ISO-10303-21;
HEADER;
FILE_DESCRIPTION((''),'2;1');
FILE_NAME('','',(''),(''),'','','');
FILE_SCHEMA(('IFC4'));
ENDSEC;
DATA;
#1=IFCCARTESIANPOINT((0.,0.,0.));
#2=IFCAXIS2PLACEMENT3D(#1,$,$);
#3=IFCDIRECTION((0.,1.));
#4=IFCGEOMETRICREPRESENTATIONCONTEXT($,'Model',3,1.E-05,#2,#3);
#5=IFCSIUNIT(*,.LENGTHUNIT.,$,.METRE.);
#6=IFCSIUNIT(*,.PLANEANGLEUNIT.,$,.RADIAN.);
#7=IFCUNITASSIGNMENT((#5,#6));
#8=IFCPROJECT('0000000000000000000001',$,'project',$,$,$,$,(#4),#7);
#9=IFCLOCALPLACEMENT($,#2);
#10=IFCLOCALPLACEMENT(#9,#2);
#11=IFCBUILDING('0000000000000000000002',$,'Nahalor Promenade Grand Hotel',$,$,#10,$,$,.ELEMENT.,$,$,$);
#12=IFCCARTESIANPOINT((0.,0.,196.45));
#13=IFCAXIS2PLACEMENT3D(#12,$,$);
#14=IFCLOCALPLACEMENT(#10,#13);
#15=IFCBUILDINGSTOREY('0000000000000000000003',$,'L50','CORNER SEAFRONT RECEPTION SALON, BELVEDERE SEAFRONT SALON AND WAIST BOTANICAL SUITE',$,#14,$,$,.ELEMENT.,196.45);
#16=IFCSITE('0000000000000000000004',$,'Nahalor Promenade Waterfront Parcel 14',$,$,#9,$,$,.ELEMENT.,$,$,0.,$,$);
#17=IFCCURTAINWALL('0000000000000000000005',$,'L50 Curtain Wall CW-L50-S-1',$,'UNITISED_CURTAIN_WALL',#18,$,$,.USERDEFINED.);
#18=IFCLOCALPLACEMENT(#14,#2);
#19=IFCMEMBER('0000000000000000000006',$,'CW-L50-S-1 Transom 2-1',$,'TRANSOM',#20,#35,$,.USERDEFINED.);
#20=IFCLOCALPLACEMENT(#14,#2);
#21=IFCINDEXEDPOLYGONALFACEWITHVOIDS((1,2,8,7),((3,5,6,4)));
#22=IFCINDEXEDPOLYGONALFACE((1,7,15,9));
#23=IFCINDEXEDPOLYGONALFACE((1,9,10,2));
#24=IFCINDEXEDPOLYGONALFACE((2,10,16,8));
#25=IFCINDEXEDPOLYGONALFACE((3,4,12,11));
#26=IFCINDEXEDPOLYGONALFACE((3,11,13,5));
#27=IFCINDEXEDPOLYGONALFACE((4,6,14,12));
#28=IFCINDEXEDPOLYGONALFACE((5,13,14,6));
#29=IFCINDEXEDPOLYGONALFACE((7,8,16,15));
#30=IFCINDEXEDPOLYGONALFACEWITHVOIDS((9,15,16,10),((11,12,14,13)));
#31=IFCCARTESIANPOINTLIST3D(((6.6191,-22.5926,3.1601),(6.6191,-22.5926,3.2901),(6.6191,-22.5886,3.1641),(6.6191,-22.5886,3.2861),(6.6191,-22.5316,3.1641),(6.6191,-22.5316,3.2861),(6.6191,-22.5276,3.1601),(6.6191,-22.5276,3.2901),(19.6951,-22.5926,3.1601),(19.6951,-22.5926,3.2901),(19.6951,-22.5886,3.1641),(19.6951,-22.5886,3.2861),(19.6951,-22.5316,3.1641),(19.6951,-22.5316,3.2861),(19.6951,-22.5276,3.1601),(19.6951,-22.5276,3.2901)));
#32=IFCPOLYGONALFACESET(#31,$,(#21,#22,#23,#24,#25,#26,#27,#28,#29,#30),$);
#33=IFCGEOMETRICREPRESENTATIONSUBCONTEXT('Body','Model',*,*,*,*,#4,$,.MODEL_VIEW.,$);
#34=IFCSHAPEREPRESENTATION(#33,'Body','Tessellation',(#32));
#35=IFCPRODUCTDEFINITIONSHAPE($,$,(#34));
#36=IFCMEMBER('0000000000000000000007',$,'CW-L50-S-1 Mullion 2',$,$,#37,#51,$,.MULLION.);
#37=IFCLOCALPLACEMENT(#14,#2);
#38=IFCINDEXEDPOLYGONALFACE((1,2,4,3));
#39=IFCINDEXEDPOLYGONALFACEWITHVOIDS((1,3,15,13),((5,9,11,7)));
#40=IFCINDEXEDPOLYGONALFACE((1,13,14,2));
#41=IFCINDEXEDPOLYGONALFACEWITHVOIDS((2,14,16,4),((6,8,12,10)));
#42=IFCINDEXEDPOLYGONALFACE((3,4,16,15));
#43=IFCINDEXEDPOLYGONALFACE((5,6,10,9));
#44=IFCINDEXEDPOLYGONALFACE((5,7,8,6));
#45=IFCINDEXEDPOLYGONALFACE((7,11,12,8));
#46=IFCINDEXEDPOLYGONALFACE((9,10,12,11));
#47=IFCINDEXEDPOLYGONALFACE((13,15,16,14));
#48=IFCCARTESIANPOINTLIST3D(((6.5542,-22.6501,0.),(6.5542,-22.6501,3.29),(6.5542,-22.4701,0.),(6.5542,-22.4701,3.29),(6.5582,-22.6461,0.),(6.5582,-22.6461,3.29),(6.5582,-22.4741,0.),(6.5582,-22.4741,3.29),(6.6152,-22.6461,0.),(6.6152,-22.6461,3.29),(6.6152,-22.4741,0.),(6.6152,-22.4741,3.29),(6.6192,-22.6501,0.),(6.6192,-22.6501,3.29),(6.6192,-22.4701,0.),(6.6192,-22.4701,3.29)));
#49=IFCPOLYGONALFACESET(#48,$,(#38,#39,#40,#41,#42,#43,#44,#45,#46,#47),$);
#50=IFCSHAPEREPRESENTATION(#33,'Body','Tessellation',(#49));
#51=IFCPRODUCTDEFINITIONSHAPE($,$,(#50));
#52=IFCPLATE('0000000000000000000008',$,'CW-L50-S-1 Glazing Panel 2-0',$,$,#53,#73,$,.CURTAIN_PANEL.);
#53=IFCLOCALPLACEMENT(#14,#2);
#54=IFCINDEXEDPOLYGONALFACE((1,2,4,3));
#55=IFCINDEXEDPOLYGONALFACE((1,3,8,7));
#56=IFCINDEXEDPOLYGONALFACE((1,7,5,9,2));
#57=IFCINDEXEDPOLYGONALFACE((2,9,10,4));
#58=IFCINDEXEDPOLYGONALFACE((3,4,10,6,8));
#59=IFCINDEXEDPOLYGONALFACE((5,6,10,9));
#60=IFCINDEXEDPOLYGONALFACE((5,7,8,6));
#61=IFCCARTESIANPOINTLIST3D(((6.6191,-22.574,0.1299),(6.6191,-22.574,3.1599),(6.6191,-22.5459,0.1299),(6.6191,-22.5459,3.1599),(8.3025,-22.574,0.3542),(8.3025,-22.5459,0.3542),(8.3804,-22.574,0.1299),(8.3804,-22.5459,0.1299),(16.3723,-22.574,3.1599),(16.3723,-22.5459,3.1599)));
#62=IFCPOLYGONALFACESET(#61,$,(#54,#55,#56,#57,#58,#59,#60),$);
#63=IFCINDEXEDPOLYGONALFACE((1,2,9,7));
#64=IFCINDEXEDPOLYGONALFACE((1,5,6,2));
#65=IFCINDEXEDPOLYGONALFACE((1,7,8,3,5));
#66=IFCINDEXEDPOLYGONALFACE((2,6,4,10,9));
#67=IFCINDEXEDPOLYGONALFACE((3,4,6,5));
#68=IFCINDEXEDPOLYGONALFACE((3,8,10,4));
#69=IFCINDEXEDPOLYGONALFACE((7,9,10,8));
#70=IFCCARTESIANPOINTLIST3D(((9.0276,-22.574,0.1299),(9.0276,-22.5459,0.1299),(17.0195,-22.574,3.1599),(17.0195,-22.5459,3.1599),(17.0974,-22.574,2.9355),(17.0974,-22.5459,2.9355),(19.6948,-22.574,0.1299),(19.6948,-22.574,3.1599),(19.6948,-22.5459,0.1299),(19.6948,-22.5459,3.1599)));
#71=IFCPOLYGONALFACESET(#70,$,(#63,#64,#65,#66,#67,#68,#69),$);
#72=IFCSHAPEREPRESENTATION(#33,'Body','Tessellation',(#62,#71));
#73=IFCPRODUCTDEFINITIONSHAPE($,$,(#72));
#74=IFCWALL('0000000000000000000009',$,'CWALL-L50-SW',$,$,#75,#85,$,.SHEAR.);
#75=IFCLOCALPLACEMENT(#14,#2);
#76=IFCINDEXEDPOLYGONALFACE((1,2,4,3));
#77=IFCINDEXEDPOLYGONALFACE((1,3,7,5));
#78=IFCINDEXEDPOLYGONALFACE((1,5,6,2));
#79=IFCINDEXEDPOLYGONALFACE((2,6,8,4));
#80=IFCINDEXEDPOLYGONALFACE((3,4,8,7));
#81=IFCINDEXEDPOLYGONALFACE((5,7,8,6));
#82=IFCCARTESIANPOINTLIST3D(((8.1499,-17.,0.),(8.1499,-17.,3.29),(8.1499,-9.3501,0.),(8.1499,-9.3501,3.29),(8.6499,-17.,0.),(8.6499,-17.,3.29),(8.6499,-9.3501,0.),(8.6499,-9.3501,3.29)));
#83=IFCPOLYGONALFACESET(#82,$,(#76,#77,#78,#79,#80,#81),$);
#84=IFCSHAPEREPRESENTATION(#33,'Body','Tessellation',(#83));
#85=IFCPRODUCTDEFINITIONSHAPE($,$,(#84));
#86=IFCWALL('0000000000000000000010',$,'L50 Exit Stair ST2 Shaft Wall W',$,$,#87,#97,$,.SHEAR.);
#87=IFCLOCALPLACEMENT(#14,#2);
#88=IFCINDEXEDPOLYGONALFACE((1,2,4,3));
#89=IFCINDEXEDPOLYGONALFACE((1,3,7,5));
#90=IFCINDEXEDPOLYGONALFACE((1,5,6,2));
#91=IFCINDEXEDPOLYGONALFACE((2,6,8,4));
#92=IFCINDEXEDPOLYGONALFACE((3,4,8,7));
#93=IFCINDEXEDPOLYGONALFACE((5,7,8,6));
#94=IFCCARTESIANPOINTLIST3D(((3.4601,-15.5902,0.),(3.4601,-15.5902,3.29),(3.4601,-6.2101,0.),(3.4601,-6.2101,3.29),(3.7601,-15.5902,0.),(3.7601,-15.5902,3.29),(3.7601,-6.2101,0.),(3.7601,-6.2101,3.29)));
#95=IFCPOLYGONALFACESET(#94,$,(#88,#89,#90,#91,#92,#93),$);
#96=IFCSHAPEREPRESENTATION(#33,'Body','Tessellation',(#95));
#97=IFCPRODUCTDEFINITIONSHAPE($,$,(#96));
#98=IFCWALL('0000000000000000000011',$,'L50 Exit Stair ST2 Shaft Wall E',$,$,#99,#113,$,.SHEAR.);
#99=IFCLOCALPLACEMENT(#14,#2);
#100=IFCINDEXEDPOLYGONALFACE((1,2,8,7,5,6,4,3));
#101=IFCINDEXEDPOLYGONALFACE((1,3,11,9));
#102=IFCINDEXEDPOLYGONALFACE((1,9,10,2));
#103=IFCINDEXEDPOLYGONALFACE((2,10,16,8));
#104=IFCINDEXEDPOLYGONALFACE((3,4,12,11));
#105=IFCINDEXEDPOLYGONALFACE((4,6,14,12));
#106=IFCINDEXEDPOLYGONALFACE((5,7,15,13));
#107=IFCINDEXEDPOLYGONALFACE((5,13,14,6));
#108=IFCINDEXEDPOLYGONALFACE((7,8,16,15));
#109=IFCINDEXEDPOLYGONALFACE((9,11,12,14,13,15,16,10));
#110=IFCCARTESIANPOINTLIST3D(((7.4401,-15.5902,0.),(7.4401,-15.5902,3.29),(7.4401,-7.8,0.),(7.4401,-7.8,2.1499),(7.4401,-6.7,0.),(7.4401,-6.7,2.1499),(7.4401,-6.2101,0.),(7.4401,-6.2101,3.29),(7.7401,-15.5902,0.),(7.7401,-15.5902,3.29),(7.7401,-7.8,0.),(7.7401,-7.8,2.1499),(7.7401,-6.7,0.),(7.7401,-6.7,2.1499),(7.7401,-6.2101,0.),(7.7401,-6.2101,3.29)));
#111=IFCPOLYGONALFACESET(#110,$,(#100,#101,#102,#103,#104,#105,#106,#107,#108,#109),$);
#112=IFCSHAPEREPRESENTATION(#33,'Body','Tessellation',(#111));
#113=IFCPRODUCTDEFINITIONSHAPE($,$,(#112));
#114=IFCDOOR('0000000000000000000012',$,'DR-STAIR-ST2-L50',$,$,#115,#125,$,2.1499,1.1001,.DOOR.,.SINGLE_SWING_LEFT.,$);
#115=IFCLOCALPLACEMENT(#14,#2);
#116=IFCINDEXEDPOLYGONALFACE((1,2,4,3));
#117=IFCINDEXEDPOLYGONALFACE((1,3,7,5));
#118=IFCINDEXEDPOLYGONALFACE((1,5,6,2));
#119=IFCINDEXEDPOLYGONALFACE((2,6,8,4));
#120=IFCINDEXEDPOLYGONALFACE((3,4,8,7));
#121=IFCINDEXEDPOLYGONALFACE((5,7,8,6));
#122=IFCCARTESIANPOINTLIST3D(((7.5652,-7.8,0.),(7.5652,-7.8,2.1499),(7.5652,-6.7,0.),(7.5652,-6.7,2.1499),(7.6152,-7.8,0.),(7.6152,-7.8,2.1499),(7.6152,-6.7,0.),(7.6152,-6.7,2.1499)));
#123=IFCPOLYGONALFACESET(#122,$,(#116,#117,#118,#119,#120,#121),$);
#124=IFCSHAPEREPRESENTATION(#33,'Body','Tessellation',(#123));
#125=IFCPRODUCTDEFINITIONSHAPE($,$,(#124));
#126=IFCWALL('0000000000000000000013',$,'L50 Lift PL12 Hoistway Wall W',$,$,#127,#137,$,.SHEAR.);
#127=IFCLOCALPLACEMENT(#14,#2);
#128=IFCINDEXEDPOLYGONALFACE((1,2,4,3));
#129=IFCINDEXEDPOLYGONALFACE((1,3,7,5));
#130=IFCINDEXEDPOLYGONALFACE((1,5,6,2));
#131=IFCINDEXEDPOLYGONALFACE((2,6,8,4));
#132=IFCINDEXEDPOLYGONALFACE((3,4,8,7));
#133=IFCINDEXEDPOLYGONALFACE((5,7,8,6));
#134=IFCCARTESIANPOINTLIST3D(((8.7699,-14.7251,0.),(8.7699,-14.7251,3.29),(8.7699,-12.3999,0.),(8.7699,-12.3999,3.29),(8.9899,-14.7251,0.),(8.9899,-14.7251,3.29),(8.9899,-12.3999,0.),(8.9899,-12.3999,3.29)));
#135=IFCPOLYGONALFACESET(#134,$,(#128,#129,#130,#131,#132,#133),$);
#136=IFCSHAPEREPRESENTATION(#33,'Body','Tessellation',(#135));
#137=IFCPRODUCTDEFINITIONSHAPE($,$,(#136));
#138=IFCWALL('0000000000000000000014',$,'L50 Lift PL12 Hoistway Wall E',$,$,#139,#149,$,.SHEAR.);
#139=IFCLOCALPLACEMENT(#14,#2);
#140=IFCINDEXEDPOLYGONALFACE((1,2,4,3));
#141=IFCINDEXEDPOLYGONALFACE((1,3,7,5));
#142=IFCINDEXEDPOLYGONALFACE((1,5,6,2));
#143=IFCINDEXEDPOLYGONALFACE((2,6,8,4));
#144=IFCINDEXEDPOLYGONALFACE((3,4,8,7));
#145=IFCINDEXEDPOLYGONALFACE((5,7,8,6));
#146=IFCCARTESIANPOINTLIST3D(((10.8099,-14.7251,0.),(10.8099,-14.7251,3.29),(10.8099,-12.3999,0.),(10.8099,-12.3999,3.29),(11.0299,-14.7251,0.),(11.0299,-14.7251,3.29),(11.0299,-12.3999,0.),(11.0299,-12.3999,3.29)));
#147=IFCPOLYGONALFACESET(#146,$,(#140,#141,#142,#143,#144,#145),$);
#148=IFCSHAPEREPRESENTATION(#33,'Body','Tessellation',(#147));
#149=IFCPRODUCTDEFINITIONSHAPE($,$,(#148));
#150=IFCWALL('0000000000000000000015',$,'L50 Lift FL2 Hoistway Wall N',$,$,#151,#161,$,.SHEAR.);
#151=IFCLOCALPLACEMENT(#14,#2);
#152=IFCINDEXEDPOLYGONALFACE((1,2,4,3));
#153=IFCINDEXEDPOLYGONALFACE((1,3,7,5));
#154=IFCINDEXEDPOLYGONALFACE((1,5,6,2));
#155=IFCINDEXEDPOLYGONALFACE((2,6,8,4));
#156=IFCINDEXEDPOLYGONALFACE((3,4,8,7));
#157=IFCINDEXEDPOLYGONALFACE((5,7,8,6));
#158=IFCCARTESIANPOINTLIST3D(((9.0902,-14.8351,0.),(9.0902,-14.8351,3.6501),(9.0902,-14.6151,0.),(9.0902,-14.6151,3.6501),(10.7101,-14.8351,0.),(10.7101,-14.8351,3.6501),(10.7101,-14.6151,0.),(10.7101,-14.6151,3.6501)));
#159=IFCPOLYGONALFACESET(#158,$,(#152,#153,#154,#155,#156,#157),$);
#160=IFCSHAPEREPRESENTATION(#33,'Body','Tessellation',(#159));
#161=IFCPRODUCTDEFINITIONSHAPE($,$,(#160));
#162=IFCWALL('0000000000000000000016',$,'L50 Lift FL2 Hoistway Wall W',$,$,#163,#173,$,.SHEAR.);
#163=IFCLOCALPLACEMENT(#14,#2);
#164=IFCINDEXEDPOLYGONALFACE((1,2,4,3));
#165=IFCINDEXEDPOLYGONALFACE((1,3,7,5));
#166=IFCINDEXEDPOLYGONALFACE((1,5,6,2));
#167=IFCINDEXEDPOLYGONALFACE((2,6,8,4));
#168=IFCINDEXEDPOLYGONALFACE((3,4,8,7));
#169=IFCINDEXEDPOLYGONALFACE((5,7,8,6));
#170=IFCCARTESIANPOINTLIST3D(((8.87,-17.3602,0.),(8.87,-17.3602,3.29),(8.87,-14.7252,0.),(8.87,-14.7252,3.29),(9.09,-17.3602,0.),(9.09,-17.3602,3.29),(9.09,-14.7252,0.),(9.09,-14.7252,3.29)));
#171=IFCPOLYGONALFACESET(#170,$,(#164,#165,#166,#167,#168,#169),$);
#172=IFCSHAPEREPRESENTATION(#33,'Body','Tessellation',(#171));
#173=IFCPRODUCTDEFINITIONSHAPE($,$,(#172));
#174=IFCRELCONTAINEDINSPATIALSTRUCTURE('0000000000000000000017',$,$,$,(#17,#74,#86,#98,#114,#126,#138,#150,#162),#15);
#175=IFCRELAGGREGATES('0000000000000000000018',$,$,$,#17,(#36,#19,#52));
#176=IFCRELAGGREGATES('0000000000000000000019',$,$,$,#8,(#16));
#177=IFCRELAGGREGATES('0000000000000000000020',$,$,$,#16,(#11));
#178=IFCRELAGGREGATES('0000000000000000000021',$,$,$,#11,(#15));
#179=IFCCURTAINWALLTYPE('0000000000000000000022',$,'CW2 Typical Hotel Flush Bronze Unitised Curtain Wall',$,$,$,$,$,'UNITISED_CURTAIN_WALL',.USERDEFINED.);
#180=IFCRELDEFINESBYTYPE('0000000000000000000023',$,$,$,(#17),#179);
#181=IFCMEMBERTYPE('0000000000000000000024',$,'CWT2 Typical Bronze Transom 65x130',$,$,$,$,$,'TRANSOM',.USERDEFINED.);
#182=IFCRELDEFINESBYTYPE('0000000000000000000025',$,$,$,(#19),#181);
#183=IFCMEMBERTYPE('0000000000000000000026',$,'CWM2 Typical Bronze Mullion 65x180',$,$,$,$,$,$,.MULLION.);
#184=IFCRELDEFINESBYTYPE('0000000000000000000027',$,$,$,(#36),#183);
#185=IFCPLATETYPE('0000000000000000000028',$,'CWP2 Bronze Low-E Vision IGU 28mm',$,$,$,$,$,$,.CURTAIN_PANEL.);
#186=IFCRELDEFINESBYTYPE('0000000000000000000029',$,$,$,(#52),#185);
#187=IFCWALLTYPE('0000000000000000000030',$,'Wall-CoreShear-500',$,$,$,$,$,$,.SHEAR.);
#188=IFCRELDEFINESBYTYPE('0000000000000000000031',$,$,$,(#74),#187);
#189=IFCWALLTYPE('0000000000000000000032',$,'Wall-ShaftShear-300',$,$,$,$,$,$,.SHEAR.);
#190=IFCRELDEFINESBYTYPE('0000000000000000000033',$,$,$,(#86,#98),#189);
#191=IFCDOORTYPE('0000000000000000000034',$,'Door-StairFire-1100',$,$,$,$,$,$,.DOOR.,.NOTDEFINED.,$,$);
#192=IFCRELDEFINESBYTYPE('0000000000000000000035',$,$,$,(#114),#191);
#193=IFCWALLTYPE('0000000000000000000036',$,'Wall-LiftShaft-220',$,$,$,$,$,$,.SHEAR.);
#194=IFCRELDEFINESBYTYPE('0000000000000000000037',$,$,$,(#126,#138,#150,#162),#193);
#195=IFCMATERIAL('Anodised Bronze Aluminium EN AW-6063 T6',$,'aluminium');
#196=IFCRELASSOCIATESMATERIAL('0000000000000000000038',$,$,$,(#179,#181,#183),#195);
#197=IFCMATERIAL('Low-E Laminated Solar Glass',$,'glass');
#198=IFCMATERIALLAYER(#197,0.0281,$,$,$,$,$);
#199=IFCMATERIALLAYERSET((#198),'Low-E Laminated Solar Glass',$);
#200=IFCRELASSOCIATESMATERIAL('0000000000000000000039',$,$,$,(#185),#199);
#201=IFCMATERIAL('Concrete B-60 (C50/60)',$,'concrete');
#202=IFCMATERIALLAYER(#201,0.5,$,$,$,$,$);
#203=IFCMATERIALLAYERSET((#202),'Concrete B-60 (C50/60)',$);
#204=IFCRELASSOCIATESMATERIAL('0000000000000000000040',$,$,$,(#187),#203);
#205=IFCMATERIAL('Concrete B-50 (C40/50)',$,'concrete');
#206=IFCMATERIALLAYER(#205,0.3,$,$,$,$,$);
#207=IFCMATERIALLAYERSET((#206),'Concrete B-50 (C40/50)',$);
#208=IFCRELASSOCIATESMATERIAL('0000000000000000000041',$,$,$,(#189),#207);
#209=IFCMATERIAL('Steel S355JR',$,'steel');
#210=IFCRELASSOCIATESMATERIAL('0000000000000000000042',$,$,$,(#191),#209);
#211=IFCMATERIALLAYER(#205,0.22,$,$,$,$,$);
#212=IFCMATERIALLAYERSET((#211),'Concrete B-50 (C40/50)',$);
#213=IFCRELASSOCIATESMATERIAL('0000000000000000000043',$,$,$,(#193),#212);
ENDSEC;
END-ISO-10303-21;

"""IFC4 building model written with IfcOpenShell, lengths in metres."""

from ifc_helpers import new_model, si_unit, direction, frame, frame_2d, origin, origin_2d, place, context, subcontext, project, spatial, polyline, rectangle, hollow_rectangle, outline, extrude, source, transform, mapped, material, layer, layer_set, material_profile, profile_set, type_object, element, fill, aggregate, save


model = new_model("IFC4")

# Units and contexts
model_context = context("Model", 3, precision=1e-05, world=origin(), true_north=direction((0.0, 1.0)))
body_context = subcontext(model_context, "Body", "Model", "MODEL_VIEW")
ifc_project = project(units=[si_unit("LENGTHUNIT", "METRE"), si_unit("PLANEANGLEUNIT", "RADIAN")], contexts=[model_context])

# Site, building, storey
site_placement = place(None, origin())
site = spatial("IfcSite", under=ifc_project, at=site_placement, Name="Nahalor Promenade Waterfront Parcel 14", CompositionType="ELEMENT", RefElevation=0.0)
building_placement = place(site_placement, origin())
building = spatial("IfcBuilding", under=site, at=building_placement, Name="Nahalor Promenade Grand Hotel", CompositionType="ELEMENT")
storey_placement = place(building_placement, frame((0.0, 0.0, 196.45)))
storey = spatial("IfcBuildingStorey", under=building, at=storey_placement, Name="L50", Description="CORNER SEAFRONT RECEPTION SALON, BELVEDERE SEAFRONT SALON AND WAIST BOTANICAL SUITE", CompositionType="ELEMENT", Elevation=196.45)

# Shared definitions
ifc_material_1 = material(Name="Concrete B-60 (C50/60)", Category="concrete")

# Shared definitions
ifc_material_2 = material(Name="Steel S355JR", Category="steel")

# Curtain wall, members, plate
ifc_material_3 = material(Name="Anodised Bronze Aluminium EN AW-6063 T6", Category="aluminium")
curtain_wall_type = type_object("IfcCurtainWallType", Name="CW2 Typical Hotel Flush Bronze Unitised Curtain Wall", ElementType="UNITISED_CURTAIN_WALL", PredefinedType="USERDEFINED", material=ifc_material_3)
curtain_wall_placement = place(storey_placement, origin())
curtain_wall = element("IfcCurtainWall", 1, at=curtain_wall_placement, inside=storey, type_object=curtain_wall_type, Name="L50 Curtain Wall CW-L50-S-1", ObjectType="UNITISED_CURTAIN_WALL", PredefinedType="USERDEFINED")
ifc_material_profile_1 = material_profile(ifc_material_3, hollow_rectangle(XDim=0.065, YDim=0.13, WallThickness=0.004, at=origin_2d()), Name="CWT 65x130x4")
ifc_profile_set_1 = profile_set([ifc_material_profile_1], Name="Anodised Bronze Aluminium EN AW-6063 T6")
member_type_1 = type_object("IfcMemberType", Name="CWT2 Typical Bronze Transom 65x130", ElementType="TRANSOM", PredefinedType="USERDEFINED", material=ifc_profile_set_1)
shared_shape_1 = source(origin(), body_context, "Body", "SweptSolid", [
    extrude(hollow_rectangle(XDim=0.065, YDim=0.13, WallThickness=0.004, at=origin_2d()), origin(), (0.0, 0.0, 1.0), 13.0759),
])
member_1_placement = place(storey_placement, frame((6.6191, -22.5601, 3.2251), z_axis=(1.0, 0.0, 0.0), x_axis=(0.0, 1.0, 0.0)))
member_1 = element("IfcMember", 2, at=member_1_placement, type_object=member_type_1, Name="CW-L50-S-1 Transom 2-1", ObjectType="TRANSOM", PredefinedType="USERDEFINED", context=body_context, shape_type="MappedRepresentation", body=[
    mapped(shared_shape_1, transform((0.0, 0.0, 0.0), scale=1.0)),
])
ifc_material_profile_2 = material_profile(ifc_material_3, hollow_rectangle(XDim=0.065, YDim=0.18, WallThickness=0.004, at=origin_2d()), Name="CWM 65x180x4")
ifc_profile_set_2 = profile_set([ifc_material_profile_2], Name="Anodised Bronze Aluminium EN AW-6063 T6")
member_type_2 = type_object("IfcMemberType", Name="CWM2 Typical Bronze Mullion 65x180", PredefinedType="MULLION", material=ifc_profile_set_2)
shared_shape_2 = source(origin(), body_context, "Body", "SweptSolid", [
    extrude(hollow_rectangle(XDim=0.065, YDim=0.18, WallThickness=0.004, at=origin_2d()), origin(), (0.0, 0.0, 1.0), 3.29),
])
member_2_placement = place(storey_placement, frame((6.5867, -22.5601, 0.0), z_axis=(0.0, 0.0, 1.0), x_axis=(1.0, 0.0, 0.0)))
member_2 = element("IfcMember", 3, at=member_2_placement, type_object=member_type_2, Name="CW-L50-S-1 Mullion 2", PredefinedType="MULLION", context=body_context, shape_type="MappedRepresentation", body=[
    mapped(shared_shape_2, transform((0.0, 0.0, 0.0), scale=1.0)),
])
ifc_material_4 = material(Name="Low-E Laminated Solar Glass", Category="glass")
ifc_layer_1 = layer(ifc_material_4, 0.0281)
ifc_layer_set_1 = layer_set([ifc_layer_1], Name="Low-E Laminated Solar Glass")
plate_type = type_object("IfcPlateType", Name="CWP2 Bronze Low-E Vision IGU 28mm", PredefinedType="CURTAIN_PANEL", material=ifc_layer_set_1)
plate_placement = place(storey_placement, frame((13.157, -22.5601, 0.1299), z_axis=(0.0, 0.0, 1.0), x_axis=(1.0, 0.0, 0.0)))
plate = element("IfcPlate", 4, at=plate_placement, type_object=plate_type, Name="CW-L50-S-1 Glazing Panel 2-0", PredefinedType="CURTAIN_PANEL", context=body_context, shape_type="SweptSolid", body=[
    extrude(outline(polyline([(-6.5378, 3.03), (-6.5378, 0.0), (-4.7766, 0.0), (-4.8545, 0.2244), (3.2153, 3.03), (-6.5378, 3.03)])), frame((0.0, 0.0142, 0.0), z_axis=(0.0, -1.0, 0.0), x_axis=(1.0, 0.0, 0.0)), (0.0, 0.0, 1.0), 0.0281),
    extrude(outline(polyline([(6.5378, 0.0), (6.5378, 3.03), (3.8625, 3.03), (3.9404, 2.8057), (-4.1294, 0.0), (6.5378, 0.0)])), frame((0.0, 0.0142, 0.0), z_axis=(0.0, -1.0, 0.0), x_axis=(1.0, 0.0, 0.0)), (0.0, 0.0, 1.0), 0.0281),
])
aggregate(curtain_wall, [member_2, member_1, plate])

# Walls
ifc_layer_2 = layer(ifc_material_1, 0.5)
ifc_layer_set_2 = layer_set([ifc_layer_2], Name="Concrete B-60 (C50/60)")
wall_type_1 = type_object("IfcWallType", Name="Wall-CoreShear-500", PredefinedType="SHEAR", material=ifc_layer_set_2)
shared_shape_3 = source(origin(), body_context, "Body", "SweptSolid", [
    extrude(rectangle(XDim=7.6499, YDim=0.5, at=frame_2d((3.825, 0.0))), origin(), (0.0, 0.0, 1.0), 3.29),
])
wall_1_placement = place(storey_placement, frame((8.3999, -17.0, 0.0), z_axis=(0.0, 0.0, 1.0), x_axis=(0.0, 1.0, 0.0)))
element("IfcWall", 5, at=wall_1_placement, inside=storey, type_object=wall_type_1, Name="CWALL-L50-SW", PredefinedType="SHEAR", context=body_context, shape_type="MappedRepresentation", body=[
    mapped(shared_shape_3, transform((0.0, 0.0, 0.0), scale=1.0)),
])
ifc_material_5 = material(Name="Concrete B-50 (C40/50)", Category="concrete")
ifc_layer_3 = layer(ifc_material_5, 0.3)
ifc_layer_set_3 = layer_set([ifc_layer_3], Name="Concrete B-50 (C40/50)")
wall_type_2 = type_object("IfcWallType", Name="Wall-ShaftShear-300", PredefinedType="SHEAR", material=ifc_layer_set_3)
shared_shape_4 = source(origin(), body_context, "Body", "SweptSolid", [
    extrude(rectangle(XDim=9.3801, YDim=0.3, at=frame_2d((4.6899, 0.0))), origin(), (0.0, 0.0, 1.0), 3.29),
])
wall_2_placement = place(storey_placement, frame((3.6101, -15.5901, 0.0), z_axis=(0.0, 0.0, 1.0), x_axis=(0.0, 1.0, 0.0)))
element("IfcWall", 6, at=wall_2_placement, inside=storey, type_object=wall_type_2, Name="L50 Exit Stair ST2 Shaft Wall W", PredefinedType="SHEAR", context=body_context, shape_type="MappedRepresentation", body=[
    mapped(shared_shape_4, transform((0.0, 0.0, 0.0), scale=1.0)),
])

# Wall, opening, door
wall_3_placement = place(storey_placement, frame((7.5901, -15.5901, 0.0), z_axis=(0.0, 0.0, 1.0), x_axis=(0.0, 1.0, 0.0)))
wall_3 = element("IfcWall", 7, at=wall_3_placement, inside=storey, type_object=wall_type_2, Name="L50 Exit Stair ST2 Shaft Wall E", PredefinedType="SHEAR", context=body_context, shape_type="MappedRepresentation", body=[
    mapped(shared_shape_4, transform((0.0, 0.0, 0.0), scale=1.0)),
])
opening_1_placement = place(wall_3_placement, frame((7.79, 0.0, 0.0)))
opening_1 = element("IfcOpeningElement", 8, at=opening_1_placement, cuts=wall_3, PredefinedType="OPENING", context=body_context, shape_type="SweptSolid", body=[
    extrude(rectangle(XDim=1.1001, YDim=2.1499, at=frame_2d((0.55, 1.075))), frame((0.0, 0.1599, 0.0), z_axis=(0.0, -1.0, 0.0), x_axis=(1.0, 0.0, 0.0)), (0.0, 0.0, 1.0), 0.3201),
])
door_type_1 = type_object("IfcDoorType", Name="Door-StairFire-1100", OperationType="NOTDEFINED", PredefinedType="DOOR", material=ifc_material_2)
shared_shape_5 = source(origin(), body_context, "Body", "SweptSolid", [
    extrude(rectangle(XDim=1.1001, YDim=2.1499, at=frame_2d((0.55, 1.075))), frame((0.0, 0.0249, 0.0), z_axis=(0.0, -1.0, 0.0), x_axis=(1.0, 0.0, 0.0)), (0.0, 0.0, 1.0), 0.05),
])
door_1_placement = place(opening_1_placement, origin())
door_1 = element("IfcDoor", 9, at=door_1_placement, inside=storey, type_object=door_type_1, Name="DR-STAIR-ST2-L50", OperationType="SINGLE_SWING_LEFT", OverallHeight=2.1499, OverallWidth=1.1001, PredefinedType="DOOR", context=body_context, shape_type="MappedRepresentation", body=[
    mapped(shared_shape_5, transform((0.0, 0.0, 0.0), scale=1.0)),
])
fill(opening_1, door_1)

# Walls
ifc_layer_4 = layer(ifc_material_5, 0.22)
ifc_layer_set_4 = layer_set([ifc_layer_4], Name="Concrete B-50 (C40/50)")
wall_type_3 = type_object("IfcWallType", Name="Wall-LiftShaft-220", PredefinedType="SHEAR", material=ifc_layer_set_4)
shared_shape_6 = source(origin(), body_context, "Body", "SweptSolid", [
    extrude(rectangle(XDim=2.3252, YDim=0.22, at=frame_2d((1.1626, 0.0))), origin(), (0.0, 0.0, 1.0), 3.29),
])
for number, where, z_axis, x_axis, name in (
    (10, (8.8799, -14.7251, 0.0), (0.0, 0.0, 1.0), (0.0, 1.0, 0.0), "L50 Lift PL12 Hoistway Wall W"),
    (11, (10.9199, -14.7251, 0.0), (0.0, 0.0, 1.0), (0.0, 1.0, 0.0), "L50 Lift PL12 Hoistway Wall E"),
):
    element("IfcWall", number, at=place(storey_placement, frame(where, z_axis=z_axis, x_axis=x_axis)), inside=storey, type_object=wall_type_3, Name=name, PredefinedType="SHEAR", context=body_context, shape_type="MappedRepresentation", body=[
        mapped(shared_shape_6, transform((0.0, 0.0, 0.0), scale=1.0)),
    ])
shared_shape_7 = source(origin(), body_context, "Body", "SweptSolid", [
    extrude(rectangle(XDim=1.6199, YDim=0.22, at=frame_2d((0.8101, 0.0))), origin(), (0.0, 0.0, 1.0), 3.6501),
])
wall_4_placement = place(storey_placement, frame((9.0901, -14.7251, 0.0), z_axis=(0.0, 0.0, 1.0), x_axis=(1.0, 0.0, 0.0)))
element("IfcWall", 12, at=wall_4_placement, inside=storey, type_object=wall_type_3, Name="L50 Lift FL2 Hoistway Wall N", PredefinedType="SHEAR", context=body_context, shape_type="MappedRepresentation", body=[
    mapped(shared_shape_7, transform((0.0, 0.0, 0.0), scale=1.0)),
])
shared_shape_8 = source(origin(), body_context, "Body", "SweptSolid", [
    extrude(rectangle(XDim=2.635, YDim=0.22, at=frame_2d((1.3174, 0.0))), origin(), (0.0, 0.0, 1.0), 3.29),
])
wall_5_placement = place(storey_placement, frame((8.98, -17.3601, 0.0), z_axis=(0.0, 0.0, 1.0), x_axis=(0.0, 1.0, 0.0)))
element("IfcWall", 13, at=wall_5_placement, inside=storey, type_object=wall_type_3, Name="L50 Lift FL2 Hoistway Wall W", PredefinedType="SHEAR", context=body_context, shape_type="MappedRepresentation", body=[
    mapped(shared_shape_8, transform((0.0, 0.0, 0.0), scale=1.0)),
])

save(model, "model.ifc")
